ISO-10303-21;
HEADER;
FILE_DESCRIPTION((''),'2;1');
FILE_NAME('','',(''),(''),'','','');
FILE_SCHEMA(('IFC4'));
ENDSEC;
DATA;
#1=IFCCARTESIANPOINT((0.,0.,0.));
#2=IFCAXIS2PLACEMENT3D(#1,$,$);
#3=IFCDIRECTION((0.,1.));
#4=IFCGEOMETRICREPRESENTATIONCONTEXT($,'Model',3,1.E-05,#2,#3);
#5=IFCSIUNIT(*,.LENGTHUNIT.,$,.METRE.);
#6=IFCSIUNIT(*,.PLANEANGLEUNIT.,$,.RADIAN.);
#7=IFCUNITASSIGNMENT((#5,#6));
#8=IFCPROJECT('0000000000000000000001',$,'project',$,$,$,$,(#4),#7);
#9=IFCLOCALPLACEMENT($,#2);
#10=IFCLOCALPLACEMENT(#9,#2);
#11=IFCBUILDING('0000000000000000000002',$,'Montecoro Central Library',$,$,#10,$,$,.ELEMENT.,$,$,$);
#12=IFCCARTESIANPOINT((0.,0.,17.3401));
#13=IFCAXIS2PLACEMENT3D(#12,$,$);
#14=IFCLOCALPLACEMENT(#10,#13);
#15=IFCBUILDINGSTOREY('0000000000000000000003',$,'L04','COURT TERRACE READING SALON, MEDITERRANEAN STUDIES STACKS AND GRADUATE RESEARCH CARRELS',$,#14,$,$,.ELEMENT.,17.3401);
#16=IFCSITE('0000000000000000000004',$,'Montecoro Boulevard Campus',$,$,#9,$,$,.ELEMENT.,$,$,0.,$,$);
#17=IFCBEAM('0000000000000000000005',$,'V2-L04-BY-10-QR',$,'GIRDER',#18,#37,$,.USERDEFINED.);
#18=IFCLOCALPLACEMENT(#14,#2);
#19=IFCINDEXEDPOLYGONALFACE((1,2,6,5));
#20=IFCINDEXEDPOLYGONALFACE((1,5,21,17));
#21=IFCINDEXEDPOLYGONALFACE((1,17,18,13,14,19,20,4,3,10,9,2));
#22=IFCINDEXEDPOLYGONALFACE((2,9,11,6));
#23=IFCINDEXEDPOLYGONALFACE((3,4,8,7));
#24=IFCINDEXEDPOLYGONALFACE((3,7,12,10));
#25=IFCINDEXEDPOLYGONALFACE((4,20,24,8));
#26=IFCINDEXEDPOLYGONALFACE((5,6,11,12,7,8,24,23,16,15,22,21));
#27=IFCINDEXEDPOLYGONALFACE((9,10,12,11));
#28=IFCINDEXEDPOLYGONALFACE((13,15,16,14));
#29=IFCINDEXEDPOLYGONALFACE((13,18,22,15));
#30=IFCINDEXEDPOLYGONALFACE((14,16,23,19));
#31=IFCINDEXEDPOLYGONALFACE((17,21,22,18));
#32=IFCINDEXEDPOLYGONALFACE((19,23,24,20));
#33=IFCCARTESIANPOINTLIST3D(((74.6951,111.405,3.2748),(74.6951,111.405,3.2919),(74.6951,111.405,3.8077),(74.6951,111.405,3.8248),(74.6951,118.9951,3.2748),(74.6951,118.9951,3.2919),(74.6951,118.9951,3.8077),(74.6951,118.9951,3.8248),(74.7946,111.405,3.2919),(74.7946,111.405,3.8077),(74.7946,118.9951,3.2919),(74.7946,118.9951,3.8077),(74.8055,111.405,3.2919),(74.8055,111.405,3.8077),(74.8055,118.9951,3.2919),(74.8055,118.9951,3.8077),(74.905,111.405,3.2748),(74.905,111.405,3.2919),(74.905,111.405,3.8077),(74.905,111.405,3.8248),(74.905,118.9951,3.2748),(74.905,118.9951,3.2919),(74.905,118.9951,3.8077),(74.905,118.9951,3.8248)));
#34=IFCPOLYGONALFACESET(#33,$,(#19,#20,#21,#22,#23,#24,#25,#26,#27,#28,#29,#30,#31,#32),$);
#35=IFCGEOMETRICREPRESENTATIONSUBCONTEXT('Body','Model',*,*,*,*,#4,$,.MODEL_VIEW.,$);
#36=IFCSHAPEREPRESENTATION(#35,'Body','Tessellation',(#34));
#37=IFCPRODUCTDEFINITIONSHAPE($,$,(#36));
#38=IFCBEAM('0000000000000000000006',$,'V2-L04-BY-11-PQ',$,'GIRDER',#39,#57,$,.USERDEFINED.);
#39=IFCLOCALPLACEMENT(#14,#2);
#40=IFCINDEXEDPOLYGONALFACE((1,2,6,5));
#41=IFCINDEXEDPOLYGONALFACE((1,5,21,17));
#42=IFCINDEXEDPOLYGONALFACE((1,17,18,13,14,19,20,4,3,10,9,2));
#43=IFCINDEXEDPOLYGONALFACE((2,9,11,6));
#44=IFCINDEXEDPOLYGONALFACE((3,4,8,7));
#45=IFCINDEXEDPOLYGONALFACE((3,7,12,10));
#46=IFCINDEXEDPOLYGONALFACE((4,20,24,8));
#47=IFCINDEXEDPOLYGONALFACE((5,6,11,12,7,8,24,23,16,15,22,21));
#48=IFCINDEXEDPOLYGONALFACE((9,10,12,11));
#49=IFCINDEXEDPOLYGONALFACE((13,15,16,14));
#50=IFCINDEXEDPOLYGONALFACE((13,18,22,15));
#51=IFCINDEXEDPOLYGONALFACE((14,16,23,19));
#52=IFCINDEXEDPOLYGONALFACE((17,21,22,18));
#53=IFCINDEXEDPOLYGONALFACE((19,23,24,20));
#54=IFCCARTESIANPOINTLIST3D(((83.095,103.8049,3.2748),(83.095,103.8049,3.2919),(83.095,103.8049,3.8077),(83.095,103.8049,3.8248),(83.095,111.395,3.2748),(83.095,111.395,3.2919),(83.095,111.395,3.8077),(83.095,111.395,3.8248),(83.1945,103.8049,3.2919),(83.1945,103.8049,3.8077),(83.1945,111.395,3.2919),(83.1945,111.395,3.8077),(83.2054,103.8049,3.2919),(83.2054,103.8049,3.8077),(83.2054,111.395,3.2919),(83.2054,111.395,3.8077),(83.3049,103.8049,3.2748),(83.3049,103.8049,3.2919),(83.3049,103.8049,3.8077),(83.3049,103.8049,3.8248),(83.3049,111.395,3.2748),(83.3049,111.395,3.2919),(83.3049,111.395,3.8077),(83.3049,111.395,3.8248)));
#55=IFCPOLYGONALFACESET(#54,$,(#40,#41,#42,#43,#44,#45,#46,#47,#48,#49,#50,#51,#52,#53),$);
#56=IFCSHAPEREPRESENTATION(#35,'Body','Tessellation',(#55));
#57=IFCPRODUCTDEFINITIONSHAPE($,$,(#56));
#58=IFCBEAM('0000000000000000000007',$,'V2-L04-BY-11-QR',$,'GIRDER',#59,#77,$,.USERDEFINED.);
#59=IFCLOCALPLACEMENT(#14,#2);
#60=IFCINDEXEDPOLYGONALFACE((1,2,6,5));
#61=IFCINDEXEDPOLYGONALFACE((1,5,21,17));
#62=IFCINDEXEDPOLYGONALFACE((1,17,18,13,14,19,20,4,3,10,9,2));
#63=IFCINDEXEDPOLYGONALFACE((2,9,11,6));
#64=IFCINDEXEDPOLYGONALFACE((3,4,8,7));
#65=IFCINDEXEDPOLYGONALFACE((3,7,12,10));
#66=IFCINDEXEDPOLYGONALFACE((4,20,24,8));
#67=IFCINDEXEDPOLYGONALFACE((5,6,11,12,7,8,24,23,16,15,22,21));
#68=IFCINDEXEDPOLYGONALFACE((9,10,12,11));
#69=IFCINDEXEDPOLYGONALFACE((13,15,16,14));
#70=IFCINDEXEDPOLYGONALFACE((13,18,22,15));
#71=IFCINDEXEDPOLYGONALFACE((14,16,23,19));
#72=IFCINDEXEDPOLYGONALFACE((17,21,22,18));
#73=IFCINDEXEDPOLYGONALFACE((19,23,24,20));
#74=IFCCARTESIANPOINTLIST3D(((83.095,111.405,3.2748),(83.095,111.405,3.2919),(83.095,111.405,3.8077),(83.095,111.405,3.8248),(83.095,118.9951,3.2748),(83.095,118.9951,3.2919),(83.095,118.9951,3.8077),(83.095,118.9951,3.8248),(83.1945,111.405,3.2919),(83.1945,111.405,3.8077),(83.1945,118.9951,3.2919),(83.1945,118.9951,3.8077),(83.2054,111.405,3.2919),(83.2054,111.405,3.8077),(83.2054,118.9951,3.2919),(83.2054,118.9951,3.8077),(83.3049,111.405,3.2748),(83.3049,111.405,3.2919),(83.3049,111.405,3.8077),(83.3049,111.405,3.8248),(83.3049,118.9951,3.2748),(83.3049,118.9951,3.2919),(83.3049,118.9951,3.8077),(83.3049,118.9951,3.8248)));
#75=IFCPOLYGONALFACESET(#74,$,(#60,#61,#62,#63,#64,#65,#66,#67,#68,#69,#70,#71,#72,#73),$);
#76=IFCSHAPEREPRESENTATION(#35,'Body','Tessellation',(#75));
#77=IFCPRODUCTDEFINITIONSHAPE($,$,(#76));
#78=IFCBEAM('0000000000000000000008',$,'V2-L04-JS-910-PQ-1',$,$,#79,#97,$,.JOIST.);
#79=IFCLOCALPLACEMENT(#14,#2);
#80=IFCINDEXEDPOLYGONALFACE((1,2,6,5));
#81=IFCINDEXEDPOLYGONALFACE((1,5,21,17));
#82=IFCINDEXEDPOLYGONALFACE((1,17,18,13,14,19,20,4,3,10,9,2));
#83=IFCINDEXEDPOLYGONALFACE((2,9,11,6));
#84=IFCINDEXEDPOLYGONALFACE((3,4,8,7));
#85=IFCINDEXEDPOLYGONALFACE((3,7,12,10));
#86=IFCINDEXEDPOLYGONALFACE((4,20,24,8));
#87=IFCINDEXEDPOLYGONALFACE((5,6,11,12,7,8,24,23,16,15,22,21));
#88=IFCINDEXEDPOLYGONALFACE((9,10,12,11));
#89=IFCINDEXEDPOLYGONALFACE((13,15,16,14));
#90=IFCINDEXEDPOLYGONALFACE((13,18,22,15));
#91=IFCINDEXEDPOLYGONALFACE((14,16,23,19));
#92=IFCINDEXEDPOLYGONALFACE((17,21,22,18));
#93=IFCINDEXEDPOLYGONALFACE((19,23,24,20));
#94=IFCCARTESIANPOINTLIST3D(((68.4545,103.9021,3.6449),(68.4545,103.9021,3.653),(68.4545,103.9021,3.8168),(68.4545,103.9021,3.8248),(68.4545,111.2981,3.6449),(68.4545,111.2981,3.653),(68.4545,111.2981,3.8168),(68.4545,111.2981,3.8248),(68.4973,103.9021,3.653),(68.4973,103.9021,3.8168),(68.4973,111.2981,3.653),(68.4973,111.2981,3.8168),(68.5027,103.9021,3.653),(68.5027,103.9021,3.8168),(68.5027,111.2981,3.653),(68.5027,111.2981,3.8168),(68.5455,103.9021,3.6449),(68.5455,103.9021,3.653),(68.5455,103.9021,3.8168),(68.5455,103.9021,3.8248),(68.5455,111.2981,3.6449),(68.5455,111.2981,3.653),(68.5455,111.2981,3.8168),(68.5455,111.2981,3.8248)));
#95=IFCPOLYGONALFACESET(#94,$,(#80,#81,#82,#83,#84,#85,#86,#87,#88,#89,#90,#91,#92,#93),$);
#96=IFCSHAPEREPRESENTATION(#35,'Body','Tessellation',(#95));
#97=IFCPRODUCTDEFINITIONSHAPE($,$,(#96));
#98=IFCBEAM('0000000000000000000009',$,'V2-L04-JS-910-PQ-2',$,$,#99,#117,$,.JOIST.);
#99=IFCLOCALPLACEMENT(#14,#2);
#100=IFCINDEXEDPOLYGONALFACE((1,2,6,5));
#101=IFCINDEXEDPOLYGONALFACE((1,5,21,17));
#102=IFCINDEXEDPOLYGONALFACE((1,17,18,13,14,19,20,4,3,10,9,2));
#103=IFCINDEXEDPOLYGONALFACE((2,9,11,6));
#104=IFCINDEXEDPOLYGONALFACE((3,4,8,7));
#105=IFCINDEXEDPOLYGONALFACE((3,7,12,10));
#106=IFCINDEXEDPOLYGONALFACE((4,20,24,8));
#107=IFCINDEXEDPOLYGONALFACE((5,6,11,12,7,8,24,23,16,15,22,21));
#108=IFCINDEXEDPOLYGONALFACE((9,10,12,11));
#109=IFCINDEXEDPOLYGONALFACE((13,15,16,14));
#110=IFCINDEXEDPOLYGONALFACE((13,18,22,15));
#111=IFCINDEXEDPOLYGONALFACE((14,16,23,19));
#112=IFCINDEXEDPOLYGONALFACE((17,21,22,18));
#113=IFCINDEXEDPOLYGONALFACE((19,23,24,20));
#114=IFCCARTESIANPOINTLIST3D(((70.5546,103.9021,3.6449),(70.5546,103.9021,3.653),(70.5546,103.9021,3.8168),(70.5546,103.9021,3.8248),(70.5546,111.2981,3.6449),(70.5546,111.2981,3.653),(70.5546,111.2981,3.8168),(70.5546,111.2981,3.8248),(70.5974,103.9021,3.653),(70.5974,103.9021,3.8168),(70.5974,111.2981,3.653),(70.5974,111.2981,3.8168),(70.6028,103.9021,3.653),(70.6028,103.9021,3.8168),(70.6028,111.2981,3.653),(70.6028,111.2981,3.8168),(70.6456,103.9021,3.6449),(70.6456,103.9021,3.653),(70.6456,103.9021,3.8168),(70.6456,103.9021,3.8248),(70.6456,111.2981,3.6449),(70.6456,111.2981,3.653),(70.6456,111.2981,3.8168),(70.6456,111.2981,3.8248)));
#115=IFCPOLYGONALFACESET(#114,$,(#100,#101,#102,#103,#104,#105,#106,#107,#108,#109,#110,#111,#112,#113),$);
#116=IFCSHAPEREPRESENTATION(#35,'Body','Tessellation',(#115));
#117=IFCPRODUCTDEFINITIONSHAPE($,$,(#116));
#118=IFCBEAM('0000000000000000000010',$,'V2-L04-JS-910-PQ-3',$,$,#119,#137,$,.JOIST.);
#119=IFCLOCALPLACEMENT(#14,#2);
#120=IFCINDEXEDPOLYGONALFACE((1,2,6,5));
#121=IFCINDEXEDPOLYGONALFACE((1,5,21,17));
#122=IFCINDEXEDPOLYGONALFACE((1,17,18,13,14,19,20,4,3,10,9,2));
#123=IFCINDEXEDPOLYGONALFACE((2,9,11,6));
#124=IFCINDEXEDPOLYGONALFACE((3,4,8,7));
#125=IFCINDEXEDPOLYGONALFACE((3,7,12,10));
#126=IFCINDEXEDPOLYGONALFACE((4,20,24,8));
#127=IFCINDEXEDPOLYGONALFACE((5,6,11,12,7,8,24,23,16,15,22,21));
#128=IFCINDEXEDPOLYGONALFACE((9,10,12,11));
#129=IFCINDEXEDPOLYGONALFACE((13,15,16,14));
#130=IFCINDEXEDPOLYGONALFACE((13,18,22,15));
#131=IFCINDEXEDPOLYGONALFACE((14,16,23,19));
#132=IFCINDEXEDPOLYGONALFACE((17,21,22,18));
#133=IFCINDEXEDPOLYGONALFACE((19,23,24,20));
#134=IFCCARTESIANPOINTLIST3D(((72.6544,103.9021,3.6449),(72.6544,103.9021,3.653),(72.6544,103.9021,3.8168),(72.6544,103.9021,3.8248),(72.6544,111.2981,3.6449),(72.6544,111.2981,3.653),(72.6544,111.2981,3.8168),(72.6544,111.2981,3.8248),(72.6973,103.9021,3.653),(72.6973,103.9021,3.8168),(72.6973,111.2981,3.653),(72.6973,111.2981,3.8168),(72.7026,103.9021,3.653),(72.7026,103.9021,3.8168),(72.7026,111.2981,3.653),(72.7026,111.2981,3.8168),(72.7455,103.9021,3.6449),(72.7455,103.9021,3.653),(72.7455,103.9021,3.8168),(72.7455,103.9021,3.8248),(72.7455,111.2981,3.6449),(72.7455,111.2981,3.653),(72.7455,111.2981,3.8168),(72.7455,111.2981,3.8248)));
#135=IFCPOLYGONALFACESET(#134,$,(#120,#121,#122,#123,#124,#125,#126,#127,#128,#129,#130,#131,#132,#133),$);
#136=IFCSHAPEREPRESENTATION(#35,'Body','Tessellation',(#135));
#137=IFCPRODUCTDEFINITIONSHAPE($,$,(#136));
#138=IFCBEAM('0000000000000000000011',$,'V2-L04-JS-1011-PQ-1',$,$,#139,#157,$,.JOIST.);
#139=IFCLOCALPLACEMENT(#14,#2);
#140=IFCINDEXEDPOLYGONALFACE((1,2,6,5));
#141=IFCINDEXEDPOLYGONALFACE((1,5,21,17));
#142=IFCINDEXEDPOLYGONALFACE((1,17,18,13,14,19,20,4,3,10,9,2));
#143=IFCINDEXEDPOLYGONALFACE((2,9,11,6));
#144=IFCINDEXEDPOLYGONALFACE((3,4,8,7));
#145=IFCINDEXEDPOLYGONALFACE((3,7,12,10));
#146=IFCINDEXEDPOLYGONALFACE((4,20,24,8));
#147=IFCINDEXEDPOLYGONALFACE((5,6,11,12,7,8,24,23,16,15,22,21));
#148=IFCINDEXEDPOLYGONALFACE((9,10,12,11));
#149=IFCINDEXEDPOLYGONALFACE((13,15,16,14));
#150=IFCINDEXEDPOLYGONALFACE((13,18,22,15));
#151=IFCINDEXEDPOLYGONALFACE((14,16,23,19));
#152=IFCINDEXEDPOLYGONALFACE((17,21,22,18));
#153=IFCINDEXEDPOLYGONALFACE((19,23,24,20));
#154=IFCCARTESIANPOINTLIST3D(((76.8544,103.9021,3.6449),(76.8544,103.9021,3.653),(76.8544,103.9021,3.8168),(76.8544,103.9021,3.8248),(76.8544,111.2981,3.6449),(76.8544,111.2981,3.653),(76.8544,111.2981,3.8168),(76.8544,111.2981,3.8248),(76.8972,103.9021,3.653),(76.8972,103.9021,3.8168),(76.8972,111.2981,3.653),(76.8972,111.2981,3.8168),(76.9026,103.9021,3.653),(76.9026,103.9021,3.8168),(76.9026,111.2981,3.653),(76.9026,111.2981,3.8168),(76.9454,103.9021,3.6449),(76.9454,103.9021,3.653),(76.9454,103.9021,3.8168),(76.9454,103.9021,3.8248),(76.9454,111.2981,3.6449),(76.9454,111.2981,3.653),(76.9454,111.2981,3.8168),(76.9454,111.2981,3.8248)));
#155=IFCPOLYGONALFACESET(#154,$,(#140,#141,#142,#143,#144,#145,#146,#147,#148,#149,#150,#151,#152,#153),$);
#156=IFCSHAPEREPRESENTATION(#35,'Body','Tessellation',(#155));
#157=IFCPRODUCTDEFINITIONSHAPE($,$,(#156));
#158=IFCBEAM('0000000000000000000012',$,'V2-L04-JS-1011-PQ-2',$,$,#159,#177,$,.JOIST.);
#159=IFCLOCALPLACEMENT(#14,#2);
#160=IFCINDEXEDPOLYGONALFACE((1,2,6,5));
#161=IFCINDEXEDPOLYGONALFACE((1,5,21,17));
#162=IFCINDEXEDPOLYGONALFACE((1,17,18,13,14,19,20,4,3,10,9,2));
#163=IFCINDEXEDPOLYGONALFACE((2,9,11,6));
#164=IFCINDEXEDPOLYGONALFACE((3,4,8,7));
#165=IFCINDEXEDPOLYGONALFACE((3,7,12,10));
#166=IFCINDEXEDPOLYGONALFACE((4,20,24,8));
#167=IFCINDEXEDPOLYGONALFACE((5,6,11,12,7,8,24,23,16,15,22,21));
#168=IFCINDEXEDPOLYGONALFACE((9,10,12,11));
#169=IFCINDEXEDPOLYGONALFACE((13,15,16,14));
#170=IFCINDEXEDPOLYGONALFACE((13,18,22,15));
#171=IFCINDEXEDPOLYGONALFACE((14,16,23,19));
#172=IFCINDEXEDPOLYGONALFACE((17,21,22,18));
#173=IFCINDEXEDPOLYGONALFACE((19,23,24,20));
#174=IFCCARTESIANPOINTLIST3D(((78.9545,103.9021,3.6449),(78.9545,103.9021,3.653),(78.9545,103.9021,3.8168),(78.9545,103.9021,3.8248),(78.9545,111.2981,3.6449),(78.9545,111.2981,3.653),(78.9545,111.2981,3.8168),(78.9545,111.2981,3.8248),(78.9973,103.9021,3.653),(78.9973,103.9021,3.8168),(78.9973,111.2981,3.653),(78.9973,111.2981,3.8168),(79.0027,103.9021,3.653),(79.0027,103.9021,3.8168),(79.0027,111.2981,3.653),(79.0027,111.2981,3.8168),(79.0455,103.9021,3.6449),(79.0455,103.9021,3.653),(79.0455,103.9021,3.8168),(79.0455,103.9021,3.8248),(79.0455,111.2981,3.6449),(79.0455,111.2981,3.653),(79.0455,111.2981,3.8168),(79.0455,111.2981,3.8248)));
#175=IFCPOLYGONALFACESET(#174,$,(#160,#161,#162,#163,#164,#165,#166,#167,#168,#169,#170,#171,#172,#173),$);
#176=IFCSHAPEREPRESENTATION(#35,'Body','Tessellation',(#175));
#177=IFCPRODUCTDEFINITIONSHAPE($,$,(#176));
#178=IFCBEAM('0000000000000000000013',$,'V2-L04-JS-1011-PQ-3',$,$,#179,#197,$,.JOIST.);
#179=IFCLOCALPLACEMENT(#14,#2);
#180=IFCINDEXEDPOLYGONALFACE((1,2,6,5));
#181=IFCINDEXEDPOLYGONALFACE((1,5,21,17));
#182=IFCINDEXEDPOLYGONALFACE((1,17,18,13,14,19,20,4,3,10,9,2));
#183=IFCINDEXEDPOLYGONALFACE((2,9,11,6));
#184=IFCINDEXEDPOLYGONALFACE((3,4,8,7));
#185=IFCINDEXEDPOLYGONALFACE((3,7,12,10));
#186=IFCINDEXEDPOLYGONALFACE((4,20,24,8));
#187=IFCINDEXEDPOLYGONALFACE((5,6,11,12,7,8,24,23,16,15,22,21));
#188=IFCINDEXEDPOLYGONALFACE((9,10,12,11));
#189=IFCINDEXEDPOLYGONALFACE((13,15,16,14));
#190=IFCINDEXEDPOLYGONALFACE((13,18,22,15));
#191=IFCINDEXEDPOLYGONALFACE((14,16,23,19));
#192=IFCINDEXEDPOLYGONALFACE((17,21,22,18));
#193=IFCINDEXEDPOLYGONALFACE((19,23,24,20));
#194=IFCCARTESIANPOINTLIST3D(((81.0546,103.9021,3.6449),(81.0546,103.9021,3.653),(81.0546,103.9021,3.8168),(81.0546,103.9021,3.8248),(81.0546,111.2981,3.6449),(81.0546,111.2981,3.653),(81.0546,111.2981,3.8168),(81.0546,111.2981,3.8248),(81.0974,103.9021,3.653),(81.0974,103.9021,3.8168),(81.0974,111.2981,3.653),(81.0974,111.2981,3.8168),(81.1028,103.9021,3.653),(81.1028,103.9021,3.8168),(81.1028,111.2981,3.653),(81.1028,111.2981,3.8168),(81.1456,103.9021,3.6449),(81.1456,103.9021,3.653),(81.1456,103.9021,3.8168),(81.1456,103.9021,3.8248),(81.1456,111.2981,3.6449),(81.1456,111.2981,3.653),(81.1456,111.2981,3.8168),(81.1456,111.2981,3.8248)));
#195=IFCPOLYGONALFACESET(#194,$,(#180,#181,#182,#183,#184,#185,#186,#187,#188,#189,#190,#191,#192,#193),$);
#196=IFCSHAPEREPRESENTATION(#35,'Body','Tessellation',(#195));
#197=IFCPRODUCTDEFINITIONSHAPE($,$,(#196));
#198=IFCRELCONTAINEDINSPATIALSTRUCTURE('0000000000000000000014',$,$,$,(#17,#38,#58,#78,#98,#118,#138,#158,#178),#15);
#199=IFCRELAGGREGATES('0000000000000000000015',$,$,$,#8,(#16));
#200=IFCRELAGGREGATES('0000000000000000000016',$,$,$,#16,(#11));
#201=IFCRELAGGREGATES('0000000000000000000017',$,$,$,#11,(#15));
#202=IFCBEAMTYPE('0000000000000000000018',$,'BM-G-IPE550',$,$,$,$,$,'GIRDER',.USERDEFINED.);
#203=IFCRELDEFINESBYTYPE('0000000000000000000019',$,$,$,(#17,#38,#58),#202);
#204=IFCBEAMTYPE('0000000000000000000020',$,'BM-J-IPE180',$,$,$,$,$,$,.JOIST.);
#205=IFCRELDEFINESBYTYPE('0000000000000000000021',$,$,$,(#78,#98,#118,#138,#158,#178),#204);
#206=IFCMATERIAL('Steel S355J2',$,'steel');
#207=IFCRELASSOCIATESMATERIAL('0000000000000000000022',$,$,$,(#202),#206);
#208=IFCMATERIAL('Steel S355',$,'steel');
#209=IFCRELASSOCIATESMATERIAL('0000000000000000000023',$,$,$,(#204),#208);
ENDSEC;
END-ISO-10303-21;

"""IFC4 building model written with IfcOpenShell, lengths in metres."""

from ifc_helpers import new_model, si_unit, direction, frame, origin, origin_2d, place, context, subcontext, project, spatial, i_section, extrude, material, material_profile, profile_set, type_object, element, save


model = new_model("IFC4")

# Units and contexts
model_context = context("Model", 3, precision=1e-05, world=origin(), true_north=direction((0.0, 1.0)))
body_context = subcontext(model_context, "Body", "Model", "MODEL_VIEW")
ifc_project = project(units=[si_unit("LENGTHUNIT", "METRE"), si_unit("PLANEANGLEUNIT", "RADIAN")], contexts=[model_context])

# Site, building, storey
site_placement = place(None, origin())
site = spatial("IfcSite", under=ifc_project, at=site_placement, Name="Montecoro Boulevard Campus", CompositionType="ELEMENT", RefElevation=0.0)
building_placement = place(site_placement, origin())
building = spatial("IfcBuilding", under=site, at=building_placement, Name="Montecoro Central Library", CompositionType="ELEMENT")
storey_placement = place(building_placement, frame((0.0, 0.0, 17.3401)))
storey = spatial("IfcBuildingStorey", under=building, at=storey_placement, Name="L04", Description="COURT TERRACE READING SALON, MEDITERRANEAN STUDIES STACKS AND GRADUATE RESEARCH CARRELS", CompositionType="ELEMENT", Elevation=17.3401)

# Shared definitions
ifc_material_1 = material(Name="Steel S355", Category="steel")

# Beams
ifc_material_2 = material(Name="Steel S355J2", Category="steel")
ifc_material_profile_1 = material_profile(ifc_material_2, i_section(OverallWidth=0.21, OverallDepth=0.55, WebThickness=0.011, FlangeThickness=0.0171, at=origin_2d()), Name="IPE 550")
ifc_profile_set_1 = profile_set([ifc_material_profile_1], Name="Steel S355J2")
beam_type_1 = type_object("IfcBeamType", Name="BM-G-IPE550", ElementType="GIRDER", PredefinedType="USERDEFINED", material=ifc_profile_set_1)
for number, where, z_axis, x_axis, name in (
    (1, (74.8, 111.405, 3.5498), (0.0, 1.0, 0.0), (-1.0, 0.0, 0.0), "V2-L04-BY-10-QR"),
    (2, (83.2, 103.8049, 3.5498), (0.0, 1.0, 0.0), (-1.0, 0.0, 0.0), "V2-L04-BY-11-PQ"),
    (3, (83.2, 111.405, 3.5498), (0.0, 1.0, 0.0), (-1.0, 0.0, 0.0), "V2-L04-BY-11-QR"),
):
    element("IfcBeam", number, at=place(storey_placement, frame(where, z_axis=z_axis, x_axis=x_axis)), inside=storey, type_object=beam_type_1, Name=name, ObjectType="GIRDER", PredefinedType="USERDEFINED", context=body_context, shape_type="SweptSolid", body=[
        extrude(i_section(OverallWidth=0.21, OverallDepth=0.55, WebThickness=0.011, FlangeThickness=0.0171, at=origin_2d()), origin(), (0.0, 0.0, 1.0), 7.5901),
    ])
ifc_material_profile_2 = material_profile(ifc_material_1, i_section(OverallWidth=0.0911, OverallDepth=0.1799, WebThickness=0.0054, FlangeThickness=0.0081, at=origin_2d()), Name="IPE 180")
ifc_profile_set_2 = profile_set([ifc_material_profile_2], Name="Steel S355")
beam_type_2 = type_object("IfcBeamType", Name="BM-J-IPE180", PredefinedType="JOIST", material=ifc_profile_set_2)
for number, where, z_axis, x_axis, name in (
    (4, (68.5, 103.9021, 3.7349), (0.0, 1.0, 0.0), (-1.0, 0.0, 0.0), "V2-L04-JS-910-PQ-1"),
    (5, (70.6001, 103.9021, 3.7349), (0.0, 1.0, 0.0), (-1.0, 0.0, 0.0), "V2-L04-JS-910-PQ-2"),
    (6, (72.7, 103.9021, 3.7349), (0.0, 1.0, 0.0), (-1.0, 0.0, 0.0), "V2-L04-JS-910-PQ-3"),
    (7, (76.8999, 103.9021, 3.7349), (0.0, 1.0, 0.0), (-1.0, 0.0, 0.0), "V2-L04-JS-1011-PQ-1"),
    (8, (79.0, 103.9021, 3.7349), (0.0, 1.0, 0.0), (-1.0, 0.0, 0.0), "V2-L04-JS-1011-PQ-2"),
    (9, (81.1001, 103.9021, 3.7349), (0.0, 1.0, 0.0), (-1.0, 0.0, 0.0), "V2-L04-JS-1011-PQ-3"),
):
    element("IfcBeam", number, at=place(storey_placement, frame(where, z_axis=z_axis, x_axis=x_axis)), inside=storey, type_object=beam_type_2, Name=name, PredefinedType="JOIST", context=body_context, shape_type="SweptSolid", body=[
        extrude(i_section(OverallWidth=0.0911, OverallDepth=0.1799, WebThickness=0.0054, FlangeThickness=0.0081, at=origin_2d()), origin(), (0.0, 0.0, 1.0), 7.396),
    ])

save(model, "model.ifc")
